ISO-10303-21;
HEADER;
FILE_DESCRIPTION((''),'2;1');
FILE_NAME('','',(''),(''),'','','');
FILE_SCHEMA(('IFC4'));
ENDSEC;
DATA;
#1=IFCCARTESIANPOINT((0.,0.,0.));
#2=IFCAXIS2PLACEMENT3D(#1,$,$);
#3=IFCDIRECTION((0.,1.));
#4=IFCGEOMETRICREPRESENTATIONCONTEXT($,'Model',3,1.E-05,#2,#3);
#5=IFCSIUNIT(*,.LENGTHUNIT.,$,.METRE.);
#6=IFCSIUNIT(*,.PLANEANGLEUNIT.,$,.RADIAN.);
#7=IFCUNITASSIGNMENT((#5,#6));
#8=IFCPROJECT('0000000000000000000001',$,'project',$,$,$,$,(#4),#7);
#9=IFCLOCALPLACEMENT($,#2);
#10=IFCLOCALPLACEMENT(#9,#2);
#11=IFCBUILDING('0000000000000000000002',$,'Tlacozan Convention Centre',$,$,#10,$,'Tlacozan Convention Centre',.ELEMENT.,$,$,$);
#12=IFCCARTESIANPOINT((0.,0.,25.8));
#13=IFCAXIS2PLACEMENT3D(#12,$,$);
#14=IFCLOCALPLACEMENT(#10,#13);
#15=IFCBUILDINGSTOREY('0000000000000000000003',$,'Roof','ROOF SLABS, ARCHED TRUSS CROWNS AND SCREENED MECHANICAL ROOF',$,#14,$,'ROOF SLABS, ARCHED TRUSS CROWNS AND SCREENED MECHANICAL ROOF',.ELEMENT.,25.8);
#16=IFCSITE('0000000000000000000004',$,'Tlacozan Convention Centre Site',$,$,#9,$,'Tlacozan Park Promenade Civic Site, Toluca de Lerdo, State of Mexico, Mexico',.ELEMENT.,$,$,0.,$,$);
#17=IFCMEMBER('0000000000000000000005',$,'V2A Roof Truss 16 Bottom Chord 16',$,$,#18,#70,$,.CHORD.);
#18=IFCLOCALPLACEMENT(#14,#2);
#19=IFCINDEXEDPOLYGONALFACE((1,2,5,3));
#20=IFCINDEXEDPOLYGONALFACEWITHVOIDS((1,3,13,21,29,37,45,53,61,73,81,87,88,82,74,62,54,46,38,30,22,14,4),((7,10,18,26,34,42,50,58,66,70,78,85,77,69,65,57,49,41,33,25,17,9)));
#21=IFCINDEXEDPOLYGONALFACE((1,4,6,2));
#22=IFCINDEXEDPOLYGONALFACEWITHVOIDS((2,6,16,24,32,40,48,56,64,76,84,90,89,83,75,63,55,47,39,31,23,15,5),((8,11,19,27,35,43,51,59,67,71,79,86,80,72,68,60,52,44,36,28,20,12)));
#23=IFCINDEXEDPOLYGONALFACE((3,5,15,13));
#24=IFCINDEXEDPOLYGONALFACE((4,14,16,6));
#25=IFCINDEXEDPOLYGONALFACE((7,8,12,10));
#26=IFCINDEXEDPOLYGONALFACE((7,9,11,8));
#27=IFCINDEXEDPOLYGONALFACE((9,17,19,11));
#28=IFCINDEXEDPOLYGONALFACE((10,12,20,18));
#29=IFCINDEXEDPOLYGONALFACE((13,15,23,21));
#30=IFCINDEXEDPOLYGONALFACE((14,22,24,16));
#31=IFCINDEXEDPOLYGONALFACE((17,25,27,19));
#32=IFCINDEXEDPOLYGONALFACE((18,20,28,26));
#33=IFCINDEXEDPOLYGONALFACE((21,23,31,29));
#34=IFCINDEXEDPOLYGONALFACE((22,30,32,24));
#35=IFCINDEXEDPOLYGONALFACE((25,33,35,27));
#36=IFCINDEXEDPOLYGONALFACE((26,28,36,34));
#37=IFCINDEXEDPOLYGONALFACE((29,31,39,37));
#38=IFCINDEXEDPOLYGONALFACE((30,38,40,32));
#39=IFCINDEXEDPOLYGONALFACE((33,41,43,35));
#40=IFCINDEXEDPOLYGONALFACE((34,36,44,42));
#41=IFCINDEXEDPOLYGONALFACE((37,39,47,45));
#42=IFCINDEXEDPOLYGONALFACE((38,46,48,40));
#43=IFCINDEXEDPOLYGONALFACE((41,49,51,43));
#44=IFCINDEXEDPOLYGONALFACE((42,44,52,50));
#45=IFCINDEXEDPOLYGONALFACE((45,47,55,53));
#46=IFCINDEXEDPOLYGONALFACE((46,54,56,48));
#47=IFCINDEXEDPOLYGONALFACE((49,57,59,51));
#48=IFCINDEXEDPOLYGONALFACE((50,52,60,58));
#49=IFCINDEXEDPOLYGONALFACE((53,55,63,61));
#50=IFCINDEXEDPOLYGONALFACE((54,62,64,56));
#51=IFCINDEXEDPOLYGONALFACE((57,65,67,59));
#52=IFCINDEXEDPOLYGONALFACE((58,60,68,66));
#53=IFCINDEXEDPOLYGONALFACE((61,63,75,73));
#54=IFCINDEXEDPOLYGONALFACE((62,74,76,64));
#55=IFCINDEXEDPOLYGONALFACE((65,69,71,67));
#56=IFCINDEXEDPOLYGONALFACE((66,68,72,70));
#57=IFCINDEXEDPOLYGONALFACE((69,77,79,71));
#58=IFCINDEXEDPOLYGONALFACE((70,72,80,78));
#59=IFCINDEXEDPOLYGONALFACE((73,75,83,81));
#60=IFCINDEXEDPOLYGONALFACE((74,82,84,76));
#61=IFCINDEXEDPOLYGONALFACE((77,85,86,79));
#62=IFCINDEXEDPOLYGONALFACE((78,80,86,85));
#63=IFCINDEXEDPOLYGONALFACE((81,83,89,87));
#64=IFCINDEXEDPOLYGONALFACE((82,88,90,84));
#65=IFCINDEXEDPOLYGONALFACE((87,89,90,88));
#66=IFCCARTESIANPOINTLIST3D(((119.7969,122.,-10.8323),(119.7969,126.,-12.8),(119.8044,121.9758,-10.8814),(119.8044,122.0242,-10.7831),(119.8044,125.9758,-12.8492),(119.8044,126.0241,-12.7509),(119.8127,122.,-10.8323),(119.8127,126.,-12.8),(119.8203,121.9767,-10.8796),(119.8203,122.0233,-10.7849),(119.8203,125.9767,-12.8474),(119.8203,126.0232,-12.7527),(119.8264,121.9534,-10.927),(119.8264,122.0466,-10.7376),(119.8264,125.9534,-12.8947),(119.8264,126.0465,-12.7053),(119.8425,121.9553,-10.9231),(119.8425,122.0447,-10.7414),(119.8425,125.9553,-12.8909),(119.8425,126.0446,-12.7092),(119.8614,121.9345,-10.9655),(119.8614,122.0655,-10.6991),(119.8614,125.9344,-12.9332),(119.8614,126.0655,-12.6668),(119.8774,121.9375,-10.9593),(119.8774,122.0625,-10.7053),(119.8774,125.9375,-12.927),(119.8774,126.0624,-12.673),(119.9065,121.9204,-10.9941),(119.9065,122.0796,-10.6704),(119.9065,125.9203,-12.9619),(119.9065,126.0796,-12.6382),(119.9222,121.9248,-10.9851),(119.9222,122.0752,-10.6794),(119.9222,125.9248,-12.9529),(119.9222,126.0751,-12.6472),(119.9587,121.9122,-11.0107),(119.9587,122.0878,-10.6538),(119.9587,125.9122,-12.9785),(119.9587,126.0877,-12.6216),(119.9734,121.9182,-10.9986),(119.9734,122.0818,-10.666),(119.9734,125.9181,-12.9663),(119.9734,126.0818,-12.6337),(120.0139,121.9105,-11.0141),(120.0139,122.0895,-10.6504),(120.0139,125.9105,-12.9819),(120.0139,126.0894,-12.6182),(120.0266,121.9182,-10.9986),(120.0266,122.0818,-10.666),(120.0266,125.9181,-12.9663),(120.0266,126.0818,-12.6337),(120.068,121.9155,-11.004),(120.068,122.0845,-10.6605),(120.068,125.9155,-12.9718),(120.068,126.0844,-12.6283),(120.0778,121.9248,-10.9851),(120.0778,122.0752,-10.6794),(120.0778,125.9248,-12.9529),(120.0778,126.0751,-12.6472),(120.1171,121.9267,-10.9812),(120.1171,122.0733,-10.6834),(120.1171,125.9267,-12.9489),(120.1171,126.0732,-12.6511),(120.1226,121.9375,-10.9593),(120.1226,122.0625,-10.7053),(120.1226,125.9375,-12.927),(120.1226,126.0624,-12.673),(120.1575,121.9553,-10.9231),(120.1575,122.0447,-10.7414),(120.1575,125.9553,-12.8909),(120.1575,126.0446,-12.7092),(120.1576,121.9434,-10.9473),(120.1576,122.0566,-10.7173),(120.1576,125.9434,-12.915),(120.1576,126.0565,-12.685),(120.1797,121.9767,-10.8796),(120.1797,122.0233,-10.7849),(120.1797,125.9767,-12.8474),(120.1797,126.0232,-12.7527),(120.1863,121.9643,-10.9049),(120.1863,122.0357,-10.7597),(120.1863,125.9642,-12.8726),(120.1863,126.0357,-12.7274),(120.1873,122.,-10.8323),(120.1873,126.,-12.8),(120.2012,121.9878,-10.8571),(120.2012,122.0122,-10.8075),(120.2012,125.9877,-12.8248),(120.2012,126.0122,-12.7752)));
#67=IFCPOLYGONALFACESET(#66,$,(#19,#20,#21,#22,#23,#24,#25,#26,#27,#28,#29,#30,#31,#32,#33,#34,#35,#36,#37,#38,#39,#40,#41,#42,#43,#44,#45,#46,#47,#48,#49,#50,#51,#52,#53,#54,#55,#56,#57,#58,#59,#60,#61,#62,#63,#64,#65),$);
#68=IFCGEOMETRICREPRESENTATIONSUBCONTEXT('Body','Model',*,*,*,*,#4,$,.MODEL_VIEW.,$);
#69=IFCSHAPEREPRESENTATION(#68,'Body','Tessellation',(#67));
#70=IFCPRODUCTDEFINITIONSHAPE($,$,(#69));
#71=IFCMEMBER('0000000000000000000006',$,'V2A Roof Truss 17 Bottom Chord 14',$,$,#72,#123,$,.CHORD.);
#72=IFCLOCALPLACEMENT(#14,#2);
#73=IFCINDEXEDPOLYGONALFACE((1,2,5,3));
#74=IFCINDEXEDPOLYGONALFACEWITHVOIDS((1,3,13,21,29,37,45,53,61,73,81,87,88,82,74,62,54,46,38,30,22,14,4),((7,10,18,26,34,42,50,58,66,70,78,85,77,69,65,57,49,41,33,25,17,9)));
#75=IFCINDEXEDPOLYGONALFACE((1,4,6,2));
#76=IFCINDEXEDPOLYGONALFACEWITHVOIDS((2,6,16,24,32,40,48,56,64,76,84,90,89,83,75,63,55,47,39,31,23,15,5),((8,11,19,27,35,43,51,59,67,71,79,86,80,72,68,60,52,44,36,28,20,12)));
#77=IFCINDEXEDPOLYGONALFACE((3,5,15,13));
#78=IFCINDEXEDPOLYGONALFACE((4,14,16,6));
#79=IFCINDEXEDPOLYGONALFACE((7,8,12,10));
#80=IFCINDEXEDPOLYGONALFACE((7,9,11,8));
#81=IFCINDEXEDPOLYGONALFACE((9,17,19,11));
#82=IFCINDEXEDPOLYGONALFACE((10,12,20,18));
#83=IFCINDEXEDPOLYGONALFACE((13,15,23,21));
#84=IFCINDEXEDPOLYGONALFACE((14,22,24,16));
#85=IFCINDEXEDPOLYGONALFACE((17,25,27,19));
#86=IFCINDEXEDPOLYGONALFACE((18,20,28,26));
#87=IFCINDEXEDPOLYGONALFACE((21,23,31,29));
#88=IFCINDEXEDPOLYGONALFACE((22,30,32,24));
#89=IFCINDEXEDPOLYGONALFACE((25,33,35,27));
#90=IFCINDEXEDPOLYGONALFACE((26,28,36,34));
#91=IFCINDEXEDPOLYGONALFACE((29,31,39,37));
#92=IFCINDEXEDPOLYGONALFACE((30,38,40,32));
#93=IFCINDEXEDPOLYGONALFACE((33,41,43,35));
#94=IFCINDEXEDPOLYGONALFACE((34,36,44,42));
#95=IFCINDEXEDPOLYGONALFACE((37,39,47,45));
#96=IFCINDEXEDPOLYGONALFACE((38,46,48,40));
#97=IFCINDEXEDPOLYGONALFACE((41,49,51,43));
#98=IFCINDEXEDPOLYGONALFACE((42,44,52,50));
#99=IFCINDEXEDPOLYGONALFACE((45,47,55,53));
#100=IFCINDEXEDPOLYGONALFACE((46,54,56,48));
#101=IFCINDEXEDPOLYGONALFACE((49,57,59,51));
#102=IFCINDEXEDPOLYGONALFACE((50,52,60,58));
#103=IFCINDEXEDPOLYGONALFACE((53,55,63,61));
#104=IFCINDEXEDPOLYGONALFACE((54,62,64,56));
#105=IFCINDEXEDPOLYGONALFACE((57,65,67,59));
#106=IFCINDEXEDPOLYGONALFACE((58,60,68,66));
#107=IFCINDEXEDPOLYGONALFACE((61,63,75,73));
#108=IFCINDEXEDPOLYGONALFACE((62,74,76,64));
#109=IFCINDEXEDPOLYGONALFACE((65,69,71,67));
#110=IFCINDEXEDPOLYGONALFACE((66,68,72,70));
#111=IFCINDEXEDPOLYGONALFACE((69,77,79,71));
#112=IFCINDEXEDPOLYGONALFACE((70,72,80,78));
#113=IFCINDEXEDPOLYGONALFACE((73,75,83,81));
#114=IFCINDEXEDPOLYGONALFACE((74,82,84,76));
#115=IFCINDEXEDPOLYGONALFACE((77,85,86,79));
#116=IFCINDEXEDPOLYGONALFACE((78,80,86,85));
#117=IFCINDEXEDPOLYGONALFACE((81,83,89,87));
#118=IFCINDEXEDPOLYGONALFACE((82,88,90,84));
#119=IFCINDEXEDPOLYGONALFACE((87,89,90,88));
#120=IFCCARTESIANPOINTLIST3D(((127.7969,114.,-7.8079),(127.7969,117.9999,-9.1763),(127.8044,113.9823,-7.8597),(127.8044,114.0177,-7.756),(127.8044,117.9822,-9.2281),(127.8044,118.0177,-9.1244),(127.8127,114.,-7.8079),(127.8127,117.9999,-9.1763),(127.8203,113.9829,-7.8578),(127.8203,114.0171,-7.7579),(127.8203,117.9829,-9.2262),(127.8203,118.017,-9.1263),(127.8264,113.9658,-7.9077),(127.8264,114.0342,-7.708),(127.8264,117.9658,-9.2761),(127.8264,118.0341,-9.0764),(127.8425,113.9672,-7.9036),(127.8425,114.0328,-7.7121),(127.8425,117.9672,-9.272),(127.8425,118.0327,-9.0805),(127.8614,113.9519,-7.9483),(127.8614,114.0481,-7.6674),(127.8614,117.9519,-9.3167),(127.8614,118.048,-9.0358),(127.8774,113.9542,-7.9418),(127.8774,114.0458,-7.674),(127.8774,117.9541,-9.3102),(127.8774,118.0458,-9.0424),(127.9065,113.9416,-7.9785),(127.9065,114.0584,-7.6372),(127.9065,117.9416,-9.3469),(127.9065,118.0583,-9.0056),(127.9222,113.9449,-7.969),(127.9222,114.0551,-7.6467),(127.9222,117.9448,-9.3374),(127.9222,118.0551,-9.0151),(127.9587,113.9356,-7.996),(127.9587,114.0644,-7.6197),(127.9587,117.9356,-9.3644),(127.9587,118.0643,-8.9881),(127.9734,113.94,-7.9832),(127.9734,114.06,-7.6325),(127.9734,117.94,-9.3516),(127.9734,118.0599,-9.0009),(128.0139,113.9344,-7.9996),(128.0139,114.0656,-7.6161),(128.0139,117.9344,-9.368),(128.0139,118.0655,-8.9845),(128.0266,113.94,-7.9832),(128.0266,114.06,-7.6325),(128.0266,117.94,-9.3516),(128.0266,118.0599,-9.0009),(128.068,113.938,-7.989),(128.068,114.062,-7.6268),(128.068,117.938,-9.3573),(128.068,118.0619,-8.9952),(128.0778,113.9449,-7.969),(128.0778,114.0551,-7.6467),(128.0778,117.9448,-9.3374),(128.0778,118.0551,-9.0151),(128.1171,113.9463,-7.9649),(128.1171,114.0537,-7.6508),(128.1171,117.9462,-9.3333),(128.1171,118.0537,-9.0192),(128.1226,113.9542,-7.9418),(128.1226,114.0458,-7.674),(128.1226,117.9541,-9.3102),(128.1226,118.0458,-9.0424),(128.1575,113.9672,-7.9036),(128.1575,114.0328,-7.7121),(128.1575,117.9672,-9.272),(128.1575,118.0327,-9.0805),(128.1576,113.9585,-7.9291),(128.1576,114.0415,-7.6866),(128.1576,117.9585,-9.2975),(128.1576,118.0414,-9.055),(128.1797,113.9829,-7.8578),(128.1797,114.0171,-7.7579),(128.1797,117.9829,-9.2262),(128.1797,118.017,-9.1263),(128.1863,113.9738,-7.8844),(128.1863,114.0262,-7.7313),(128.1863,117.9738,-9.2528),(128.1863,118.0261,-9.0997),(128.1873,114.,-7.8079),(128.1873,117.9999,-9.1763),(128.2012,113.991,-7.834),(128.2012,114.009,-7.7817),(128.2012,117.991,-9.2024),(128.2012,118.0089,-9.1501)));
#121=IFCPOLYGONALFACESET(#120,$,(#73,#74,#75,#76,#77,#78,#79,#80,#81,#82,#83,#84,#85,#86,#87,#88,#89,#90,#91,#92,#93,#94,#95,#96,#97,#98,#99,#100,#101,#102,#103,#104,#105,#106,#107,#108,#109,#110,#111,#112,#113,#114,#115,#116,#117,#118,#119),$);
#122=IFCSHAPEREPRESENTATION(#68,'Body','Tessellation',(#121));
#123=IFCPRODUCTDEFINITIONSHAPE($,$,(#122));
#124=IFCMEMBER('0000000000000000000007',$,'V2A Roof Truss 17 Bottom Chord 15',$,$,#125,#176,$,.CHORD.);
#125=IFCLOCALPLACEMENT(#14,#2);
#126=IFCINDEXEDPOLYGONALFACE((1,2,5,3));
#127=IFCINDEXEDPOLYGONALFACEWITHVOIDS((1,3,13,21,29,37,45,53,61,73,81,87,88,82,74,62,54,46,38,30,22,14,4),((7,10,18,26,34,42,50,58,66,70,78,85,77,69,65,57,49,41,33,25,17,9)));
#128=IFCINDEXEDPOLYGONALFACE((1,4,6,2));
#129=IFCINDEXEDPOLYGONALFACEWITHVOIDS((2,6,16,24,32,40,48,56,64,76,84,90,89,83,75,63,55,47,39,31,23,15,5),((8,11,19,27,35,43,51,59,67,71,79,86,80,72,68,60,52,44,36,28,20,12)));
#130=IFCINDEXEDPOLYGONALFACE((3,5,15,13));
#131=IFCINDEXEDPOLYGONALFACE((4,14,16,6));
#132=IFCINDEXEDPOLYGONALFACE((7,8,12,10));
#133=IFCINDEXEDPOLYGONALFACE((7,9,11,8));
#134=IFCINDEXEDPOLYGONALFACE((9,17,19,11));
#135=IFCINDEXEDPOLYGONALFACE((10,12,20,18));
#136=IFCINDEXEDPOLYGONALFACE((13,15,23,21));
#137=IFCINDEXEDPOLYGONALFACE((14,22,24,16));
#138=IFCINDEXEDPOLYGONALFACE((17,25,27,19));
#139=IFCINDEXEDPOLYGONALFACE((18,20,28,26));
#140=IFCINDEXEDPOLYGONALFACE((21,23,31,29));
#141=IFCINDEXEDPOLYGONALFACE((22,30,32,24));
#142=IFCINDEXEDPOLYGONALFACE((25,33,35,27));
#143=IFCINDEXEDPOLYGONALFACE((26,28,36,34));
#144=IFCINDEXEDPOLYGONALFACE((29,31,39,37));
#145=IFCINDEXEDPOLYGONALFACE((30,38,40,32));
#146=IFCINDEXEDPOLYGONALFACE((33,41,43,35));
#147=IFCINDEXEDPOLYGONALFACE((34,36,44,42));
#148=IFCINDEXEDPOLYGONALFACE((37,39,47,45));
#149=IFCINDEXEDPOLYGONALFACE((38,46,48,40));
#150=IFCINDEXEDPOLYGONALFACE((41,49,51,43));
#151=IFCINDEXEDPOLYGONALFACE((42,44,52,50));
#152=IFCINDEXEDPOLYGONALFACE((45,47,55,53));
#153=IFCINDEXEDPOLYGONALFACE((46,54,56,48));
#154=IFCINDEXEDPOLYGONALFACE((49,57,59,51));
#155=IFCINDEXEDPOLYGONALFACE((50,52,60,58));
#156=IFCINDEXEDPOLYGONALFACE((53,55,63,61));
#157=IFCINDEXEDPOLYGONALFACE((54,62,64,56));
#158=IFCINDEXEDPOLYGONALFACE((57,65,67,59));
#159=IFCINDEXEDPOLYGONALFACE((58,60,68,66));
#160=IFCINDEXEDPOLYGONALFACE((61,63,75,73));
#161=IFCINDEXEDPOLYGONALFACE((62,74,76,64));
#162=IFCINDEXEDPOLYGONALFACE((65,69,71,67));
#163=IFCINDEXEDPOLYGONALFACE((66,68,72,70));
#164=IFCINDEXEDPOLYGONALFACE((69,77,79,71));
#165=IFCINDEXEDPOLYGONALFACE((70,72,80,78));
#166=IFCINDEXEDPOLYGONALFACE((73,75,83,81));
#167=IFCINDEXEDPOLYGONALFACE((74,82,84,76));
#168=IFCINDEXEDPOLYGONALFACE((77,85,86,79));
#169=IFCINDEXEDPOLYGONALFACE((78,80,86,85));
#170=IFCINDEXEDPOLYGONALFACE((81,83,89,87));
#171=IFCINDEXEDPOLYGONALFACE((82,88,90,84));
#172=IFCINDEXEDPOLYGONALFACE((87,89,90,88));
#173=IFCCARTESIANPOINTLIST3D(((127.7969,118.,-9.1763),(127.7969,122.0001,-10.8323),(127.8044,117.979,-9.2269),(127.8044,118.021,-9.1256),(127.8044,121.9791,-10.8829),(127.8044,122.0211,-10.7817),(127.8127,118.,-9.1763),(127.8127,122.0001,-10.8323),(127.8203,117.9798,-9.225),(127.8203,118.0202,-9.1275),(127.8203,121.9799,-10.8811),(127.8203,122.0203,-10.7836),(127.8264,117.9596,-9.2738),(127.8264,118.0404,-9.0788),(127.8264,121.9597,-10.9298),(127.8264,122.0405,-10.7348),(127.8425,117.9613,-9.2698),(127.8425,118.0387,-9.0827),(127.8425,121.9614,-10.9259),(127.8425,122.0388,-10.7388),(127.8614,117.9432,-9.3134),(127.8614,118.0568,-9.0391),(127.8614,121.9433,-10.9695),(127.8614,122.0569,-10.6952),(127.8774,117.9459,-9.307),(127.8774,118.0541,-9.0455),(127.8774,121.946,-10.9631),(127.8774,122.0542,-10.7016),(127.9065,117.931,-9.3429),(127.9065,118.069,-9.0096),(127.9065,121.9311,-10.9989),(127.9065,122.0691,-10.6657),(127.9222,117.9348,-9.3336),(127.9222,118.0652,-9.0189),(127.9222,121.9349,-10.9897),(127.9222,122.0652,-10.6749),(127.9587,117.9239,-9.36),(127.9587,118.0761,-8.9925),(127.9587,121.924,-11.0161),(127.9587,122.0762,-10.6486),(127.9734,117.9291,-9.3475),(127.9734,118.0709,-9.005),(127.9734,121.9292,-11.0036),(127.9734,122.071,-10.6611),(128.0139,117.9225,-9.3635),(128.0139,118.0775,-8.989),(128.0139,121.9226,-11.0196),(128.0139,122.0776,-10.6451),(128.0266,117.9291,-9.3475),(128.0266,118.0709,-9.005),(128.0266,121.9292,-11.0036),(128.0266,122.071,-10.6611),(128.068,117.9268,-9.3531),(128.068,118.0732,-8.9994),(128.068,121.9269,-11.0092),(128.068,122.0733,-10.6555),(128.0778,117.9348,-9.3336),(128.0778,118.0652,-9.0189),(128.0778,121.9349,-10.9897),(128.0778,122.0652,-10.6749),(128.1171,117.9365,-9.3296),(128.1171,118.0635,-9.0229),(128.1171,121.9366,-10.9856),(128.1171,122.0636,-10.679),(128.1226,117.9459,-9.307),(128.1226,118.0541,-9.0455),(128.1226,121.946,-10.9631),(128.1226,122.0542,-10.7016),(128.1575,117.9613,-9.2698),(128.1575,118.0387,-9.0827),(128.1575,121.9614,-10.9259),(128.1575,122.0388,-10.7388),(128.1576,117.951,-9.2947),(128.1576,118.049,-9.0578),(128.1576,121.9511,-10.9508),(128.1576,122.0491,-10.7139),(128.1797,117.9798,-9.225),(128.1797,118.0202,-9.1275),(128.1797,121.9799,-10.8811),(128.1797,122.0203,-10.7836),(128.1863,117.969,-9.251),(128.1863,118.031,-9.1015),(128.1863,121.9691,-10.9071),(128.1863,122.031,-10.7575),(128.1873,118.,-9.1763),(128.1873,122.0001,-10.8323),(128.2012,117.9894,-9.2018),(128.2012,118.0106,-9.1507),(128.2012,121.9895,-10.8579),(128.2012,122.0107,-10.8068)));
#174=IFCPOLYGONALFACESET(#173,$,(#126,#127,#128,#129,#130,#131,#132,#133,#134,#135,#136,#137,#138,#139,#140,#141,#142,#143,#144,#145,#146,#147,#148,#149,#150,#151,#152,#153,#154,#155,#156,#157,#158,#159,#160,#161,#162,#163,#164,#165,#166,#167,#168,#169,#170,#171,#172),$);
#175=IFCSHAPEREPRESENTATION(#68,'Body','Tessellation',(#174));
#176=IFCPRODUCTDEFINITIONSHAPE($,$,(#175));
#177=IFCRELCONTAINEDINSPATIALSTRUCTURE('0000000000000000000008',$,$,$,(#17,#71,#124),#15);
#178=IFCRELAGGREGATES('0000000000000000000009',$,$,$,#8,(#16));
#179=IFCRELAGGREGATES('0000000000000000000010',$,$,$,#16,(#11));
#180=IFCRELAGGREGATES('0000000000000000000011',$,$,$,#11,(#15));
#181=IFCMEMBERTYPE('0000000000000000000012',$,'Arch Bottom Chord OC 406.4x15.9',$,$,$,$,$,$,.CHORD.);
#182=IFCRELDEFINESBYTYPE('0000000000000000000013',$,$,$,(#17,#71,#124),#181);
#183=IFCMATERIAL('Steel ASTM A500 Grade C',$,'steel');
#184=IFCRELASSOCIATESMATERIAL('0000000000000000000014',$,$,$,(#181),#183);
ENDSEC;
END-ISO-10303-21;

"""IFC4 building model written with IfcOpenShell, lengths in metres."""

from ifc_helpers import new_model, si_unit, direction, frame, origin, origin_2d, place, context, subcontext, project, spatial, hollow_circle, extrude, material, material_profile, profile_set, type_object, element, save


model = new_model("IFC4")

# Units and contexts
model_context = context("Model", 3, precision=1e-05, world=origin(), true_north=direction((0.0, 1.0)))
body_context = subcontext(model_context, "Body", "Model", "MODEL_VIEW")
ifc_project = project(units=[si_unit("LENGTHUNIT", "METRE"), si_unit("PLANEANGLEUNIT", "RADIAN")], contexts=[model_context])

# Site, building, storey
site_placement = place(None, origin())
site = spatial("IfcSite", under=ifc_project, at=site_placement, Name="Tlacozan Convention Centre Site", LongName="Tlacozan Park Promenade Civic Site, Toluca de Lerdo, State of Mexico, Mexico", CompositionType="ELEMENT", RefElevation=0.0)
building_placement = place(site_placement, origin())
building = spatial("IfcBuilding", under=site, at=building_placement, Name="Tlacozan Convention Centre", LongName="Tlacozan Convention Centre", CompositionType="ELEMENT")
storey_placement = place(building_placement, frame((0.0, 0.0, 25.8)))
storey = spatial("IfcBuildingStorey", under=building, at=storey_placement, Name="Roof", Description="ROOF SLABS, ARCHED TRUSS CROWNS AND SCREENED MECHANICAL ROOF", LongName="ROOF SLABS, ARCHED TRUSS CROWNS AND SCREENED MECHANICAL ROOF", CompositionType="ELEMENT", Elevation=25.8)

# Members
ifc_material_1 = material(Name="Steel ASTM A500 Grade C", Category="steel")
ifc_material_profile_1 = material_profile(ifc_material_1, hollow_circle(Radius=0.2031, WallThickness=0.0159, at=origin_2d()), Name="OC 406.4x15.9")
ifc_profile_set_1 = profile_set([ifc_material_profile_1], Name="Steel ASTM A500 Grade C")
member_type_1 = type_object("IfcMemberType", Name="Arch Bottom Chord OC 406.4x15.9", PredefinedType="CHORD", material=ifc_profile_set_1)
member_1_placement = place(storey_placement, frame((120.0, 122.0, -10.8323), z_axis=(0.0, 0.8973, -0.441421), x_axis=(-1.0, 0.0, 0.0)))
element("IfcMember", 1, at=member_1_placement, inside=storey, type_object=member_type_1, Name="V2A Roof Truss 16 Bottom Chord 16", PredefinedType="CHORD", context=body_context, shape_type="SweptSolid", body=[
    extrude(hollow_circle(Radius=0.2031, WallThickness=0.0159, at=origin_2d()), origin(), (0.0, 0.0, 1.0), 4.4578),
])
member_2_placement = place(storey_placement, frame((128.0, 114.0, -7.8079), z_axis=(0.0, 0.946165, -0.323685), x_axis=(-1.0, 0.0, 0.0)))
element("IfcMember", 2, at=member_2_placement, inside=storey, type_object=member_type_1, Name="V2A Roof Truss 17 Bottom Chord 14", PredefinedType="CHORD", context=body_context, shape_type="SweptSolid", body=[
    extrude(hollow_circle(Radius=0.2031, WallThickness=0.0159, at=origin_2d()), origin(), (0.0, 0.0, 1.0), 4.2275),
])
member_3_placement = place(storey_placement, frame((128.0, 118.0, -9.1763), z_axis=(0.0, 0.923949, -0.382516), x_axis=(-1.0, 0.0, 0.0)))
element("IfcMember", 3, at=member_3_placement, inside=storey, type_object=member_type_1, Name="V2A Roof Truss 17 Bottom Chord 15", PredefinedType="CHORD", context=body_context, shape_type="SweptSolid", body=[
    extrude(hollow_circle(Radius=0.2031, WallThickness=0.0159, at=origin_2d()), origin(), (0.0, 0.0, 1.0), 4.3293),
])

save(model, "model.ifc")
